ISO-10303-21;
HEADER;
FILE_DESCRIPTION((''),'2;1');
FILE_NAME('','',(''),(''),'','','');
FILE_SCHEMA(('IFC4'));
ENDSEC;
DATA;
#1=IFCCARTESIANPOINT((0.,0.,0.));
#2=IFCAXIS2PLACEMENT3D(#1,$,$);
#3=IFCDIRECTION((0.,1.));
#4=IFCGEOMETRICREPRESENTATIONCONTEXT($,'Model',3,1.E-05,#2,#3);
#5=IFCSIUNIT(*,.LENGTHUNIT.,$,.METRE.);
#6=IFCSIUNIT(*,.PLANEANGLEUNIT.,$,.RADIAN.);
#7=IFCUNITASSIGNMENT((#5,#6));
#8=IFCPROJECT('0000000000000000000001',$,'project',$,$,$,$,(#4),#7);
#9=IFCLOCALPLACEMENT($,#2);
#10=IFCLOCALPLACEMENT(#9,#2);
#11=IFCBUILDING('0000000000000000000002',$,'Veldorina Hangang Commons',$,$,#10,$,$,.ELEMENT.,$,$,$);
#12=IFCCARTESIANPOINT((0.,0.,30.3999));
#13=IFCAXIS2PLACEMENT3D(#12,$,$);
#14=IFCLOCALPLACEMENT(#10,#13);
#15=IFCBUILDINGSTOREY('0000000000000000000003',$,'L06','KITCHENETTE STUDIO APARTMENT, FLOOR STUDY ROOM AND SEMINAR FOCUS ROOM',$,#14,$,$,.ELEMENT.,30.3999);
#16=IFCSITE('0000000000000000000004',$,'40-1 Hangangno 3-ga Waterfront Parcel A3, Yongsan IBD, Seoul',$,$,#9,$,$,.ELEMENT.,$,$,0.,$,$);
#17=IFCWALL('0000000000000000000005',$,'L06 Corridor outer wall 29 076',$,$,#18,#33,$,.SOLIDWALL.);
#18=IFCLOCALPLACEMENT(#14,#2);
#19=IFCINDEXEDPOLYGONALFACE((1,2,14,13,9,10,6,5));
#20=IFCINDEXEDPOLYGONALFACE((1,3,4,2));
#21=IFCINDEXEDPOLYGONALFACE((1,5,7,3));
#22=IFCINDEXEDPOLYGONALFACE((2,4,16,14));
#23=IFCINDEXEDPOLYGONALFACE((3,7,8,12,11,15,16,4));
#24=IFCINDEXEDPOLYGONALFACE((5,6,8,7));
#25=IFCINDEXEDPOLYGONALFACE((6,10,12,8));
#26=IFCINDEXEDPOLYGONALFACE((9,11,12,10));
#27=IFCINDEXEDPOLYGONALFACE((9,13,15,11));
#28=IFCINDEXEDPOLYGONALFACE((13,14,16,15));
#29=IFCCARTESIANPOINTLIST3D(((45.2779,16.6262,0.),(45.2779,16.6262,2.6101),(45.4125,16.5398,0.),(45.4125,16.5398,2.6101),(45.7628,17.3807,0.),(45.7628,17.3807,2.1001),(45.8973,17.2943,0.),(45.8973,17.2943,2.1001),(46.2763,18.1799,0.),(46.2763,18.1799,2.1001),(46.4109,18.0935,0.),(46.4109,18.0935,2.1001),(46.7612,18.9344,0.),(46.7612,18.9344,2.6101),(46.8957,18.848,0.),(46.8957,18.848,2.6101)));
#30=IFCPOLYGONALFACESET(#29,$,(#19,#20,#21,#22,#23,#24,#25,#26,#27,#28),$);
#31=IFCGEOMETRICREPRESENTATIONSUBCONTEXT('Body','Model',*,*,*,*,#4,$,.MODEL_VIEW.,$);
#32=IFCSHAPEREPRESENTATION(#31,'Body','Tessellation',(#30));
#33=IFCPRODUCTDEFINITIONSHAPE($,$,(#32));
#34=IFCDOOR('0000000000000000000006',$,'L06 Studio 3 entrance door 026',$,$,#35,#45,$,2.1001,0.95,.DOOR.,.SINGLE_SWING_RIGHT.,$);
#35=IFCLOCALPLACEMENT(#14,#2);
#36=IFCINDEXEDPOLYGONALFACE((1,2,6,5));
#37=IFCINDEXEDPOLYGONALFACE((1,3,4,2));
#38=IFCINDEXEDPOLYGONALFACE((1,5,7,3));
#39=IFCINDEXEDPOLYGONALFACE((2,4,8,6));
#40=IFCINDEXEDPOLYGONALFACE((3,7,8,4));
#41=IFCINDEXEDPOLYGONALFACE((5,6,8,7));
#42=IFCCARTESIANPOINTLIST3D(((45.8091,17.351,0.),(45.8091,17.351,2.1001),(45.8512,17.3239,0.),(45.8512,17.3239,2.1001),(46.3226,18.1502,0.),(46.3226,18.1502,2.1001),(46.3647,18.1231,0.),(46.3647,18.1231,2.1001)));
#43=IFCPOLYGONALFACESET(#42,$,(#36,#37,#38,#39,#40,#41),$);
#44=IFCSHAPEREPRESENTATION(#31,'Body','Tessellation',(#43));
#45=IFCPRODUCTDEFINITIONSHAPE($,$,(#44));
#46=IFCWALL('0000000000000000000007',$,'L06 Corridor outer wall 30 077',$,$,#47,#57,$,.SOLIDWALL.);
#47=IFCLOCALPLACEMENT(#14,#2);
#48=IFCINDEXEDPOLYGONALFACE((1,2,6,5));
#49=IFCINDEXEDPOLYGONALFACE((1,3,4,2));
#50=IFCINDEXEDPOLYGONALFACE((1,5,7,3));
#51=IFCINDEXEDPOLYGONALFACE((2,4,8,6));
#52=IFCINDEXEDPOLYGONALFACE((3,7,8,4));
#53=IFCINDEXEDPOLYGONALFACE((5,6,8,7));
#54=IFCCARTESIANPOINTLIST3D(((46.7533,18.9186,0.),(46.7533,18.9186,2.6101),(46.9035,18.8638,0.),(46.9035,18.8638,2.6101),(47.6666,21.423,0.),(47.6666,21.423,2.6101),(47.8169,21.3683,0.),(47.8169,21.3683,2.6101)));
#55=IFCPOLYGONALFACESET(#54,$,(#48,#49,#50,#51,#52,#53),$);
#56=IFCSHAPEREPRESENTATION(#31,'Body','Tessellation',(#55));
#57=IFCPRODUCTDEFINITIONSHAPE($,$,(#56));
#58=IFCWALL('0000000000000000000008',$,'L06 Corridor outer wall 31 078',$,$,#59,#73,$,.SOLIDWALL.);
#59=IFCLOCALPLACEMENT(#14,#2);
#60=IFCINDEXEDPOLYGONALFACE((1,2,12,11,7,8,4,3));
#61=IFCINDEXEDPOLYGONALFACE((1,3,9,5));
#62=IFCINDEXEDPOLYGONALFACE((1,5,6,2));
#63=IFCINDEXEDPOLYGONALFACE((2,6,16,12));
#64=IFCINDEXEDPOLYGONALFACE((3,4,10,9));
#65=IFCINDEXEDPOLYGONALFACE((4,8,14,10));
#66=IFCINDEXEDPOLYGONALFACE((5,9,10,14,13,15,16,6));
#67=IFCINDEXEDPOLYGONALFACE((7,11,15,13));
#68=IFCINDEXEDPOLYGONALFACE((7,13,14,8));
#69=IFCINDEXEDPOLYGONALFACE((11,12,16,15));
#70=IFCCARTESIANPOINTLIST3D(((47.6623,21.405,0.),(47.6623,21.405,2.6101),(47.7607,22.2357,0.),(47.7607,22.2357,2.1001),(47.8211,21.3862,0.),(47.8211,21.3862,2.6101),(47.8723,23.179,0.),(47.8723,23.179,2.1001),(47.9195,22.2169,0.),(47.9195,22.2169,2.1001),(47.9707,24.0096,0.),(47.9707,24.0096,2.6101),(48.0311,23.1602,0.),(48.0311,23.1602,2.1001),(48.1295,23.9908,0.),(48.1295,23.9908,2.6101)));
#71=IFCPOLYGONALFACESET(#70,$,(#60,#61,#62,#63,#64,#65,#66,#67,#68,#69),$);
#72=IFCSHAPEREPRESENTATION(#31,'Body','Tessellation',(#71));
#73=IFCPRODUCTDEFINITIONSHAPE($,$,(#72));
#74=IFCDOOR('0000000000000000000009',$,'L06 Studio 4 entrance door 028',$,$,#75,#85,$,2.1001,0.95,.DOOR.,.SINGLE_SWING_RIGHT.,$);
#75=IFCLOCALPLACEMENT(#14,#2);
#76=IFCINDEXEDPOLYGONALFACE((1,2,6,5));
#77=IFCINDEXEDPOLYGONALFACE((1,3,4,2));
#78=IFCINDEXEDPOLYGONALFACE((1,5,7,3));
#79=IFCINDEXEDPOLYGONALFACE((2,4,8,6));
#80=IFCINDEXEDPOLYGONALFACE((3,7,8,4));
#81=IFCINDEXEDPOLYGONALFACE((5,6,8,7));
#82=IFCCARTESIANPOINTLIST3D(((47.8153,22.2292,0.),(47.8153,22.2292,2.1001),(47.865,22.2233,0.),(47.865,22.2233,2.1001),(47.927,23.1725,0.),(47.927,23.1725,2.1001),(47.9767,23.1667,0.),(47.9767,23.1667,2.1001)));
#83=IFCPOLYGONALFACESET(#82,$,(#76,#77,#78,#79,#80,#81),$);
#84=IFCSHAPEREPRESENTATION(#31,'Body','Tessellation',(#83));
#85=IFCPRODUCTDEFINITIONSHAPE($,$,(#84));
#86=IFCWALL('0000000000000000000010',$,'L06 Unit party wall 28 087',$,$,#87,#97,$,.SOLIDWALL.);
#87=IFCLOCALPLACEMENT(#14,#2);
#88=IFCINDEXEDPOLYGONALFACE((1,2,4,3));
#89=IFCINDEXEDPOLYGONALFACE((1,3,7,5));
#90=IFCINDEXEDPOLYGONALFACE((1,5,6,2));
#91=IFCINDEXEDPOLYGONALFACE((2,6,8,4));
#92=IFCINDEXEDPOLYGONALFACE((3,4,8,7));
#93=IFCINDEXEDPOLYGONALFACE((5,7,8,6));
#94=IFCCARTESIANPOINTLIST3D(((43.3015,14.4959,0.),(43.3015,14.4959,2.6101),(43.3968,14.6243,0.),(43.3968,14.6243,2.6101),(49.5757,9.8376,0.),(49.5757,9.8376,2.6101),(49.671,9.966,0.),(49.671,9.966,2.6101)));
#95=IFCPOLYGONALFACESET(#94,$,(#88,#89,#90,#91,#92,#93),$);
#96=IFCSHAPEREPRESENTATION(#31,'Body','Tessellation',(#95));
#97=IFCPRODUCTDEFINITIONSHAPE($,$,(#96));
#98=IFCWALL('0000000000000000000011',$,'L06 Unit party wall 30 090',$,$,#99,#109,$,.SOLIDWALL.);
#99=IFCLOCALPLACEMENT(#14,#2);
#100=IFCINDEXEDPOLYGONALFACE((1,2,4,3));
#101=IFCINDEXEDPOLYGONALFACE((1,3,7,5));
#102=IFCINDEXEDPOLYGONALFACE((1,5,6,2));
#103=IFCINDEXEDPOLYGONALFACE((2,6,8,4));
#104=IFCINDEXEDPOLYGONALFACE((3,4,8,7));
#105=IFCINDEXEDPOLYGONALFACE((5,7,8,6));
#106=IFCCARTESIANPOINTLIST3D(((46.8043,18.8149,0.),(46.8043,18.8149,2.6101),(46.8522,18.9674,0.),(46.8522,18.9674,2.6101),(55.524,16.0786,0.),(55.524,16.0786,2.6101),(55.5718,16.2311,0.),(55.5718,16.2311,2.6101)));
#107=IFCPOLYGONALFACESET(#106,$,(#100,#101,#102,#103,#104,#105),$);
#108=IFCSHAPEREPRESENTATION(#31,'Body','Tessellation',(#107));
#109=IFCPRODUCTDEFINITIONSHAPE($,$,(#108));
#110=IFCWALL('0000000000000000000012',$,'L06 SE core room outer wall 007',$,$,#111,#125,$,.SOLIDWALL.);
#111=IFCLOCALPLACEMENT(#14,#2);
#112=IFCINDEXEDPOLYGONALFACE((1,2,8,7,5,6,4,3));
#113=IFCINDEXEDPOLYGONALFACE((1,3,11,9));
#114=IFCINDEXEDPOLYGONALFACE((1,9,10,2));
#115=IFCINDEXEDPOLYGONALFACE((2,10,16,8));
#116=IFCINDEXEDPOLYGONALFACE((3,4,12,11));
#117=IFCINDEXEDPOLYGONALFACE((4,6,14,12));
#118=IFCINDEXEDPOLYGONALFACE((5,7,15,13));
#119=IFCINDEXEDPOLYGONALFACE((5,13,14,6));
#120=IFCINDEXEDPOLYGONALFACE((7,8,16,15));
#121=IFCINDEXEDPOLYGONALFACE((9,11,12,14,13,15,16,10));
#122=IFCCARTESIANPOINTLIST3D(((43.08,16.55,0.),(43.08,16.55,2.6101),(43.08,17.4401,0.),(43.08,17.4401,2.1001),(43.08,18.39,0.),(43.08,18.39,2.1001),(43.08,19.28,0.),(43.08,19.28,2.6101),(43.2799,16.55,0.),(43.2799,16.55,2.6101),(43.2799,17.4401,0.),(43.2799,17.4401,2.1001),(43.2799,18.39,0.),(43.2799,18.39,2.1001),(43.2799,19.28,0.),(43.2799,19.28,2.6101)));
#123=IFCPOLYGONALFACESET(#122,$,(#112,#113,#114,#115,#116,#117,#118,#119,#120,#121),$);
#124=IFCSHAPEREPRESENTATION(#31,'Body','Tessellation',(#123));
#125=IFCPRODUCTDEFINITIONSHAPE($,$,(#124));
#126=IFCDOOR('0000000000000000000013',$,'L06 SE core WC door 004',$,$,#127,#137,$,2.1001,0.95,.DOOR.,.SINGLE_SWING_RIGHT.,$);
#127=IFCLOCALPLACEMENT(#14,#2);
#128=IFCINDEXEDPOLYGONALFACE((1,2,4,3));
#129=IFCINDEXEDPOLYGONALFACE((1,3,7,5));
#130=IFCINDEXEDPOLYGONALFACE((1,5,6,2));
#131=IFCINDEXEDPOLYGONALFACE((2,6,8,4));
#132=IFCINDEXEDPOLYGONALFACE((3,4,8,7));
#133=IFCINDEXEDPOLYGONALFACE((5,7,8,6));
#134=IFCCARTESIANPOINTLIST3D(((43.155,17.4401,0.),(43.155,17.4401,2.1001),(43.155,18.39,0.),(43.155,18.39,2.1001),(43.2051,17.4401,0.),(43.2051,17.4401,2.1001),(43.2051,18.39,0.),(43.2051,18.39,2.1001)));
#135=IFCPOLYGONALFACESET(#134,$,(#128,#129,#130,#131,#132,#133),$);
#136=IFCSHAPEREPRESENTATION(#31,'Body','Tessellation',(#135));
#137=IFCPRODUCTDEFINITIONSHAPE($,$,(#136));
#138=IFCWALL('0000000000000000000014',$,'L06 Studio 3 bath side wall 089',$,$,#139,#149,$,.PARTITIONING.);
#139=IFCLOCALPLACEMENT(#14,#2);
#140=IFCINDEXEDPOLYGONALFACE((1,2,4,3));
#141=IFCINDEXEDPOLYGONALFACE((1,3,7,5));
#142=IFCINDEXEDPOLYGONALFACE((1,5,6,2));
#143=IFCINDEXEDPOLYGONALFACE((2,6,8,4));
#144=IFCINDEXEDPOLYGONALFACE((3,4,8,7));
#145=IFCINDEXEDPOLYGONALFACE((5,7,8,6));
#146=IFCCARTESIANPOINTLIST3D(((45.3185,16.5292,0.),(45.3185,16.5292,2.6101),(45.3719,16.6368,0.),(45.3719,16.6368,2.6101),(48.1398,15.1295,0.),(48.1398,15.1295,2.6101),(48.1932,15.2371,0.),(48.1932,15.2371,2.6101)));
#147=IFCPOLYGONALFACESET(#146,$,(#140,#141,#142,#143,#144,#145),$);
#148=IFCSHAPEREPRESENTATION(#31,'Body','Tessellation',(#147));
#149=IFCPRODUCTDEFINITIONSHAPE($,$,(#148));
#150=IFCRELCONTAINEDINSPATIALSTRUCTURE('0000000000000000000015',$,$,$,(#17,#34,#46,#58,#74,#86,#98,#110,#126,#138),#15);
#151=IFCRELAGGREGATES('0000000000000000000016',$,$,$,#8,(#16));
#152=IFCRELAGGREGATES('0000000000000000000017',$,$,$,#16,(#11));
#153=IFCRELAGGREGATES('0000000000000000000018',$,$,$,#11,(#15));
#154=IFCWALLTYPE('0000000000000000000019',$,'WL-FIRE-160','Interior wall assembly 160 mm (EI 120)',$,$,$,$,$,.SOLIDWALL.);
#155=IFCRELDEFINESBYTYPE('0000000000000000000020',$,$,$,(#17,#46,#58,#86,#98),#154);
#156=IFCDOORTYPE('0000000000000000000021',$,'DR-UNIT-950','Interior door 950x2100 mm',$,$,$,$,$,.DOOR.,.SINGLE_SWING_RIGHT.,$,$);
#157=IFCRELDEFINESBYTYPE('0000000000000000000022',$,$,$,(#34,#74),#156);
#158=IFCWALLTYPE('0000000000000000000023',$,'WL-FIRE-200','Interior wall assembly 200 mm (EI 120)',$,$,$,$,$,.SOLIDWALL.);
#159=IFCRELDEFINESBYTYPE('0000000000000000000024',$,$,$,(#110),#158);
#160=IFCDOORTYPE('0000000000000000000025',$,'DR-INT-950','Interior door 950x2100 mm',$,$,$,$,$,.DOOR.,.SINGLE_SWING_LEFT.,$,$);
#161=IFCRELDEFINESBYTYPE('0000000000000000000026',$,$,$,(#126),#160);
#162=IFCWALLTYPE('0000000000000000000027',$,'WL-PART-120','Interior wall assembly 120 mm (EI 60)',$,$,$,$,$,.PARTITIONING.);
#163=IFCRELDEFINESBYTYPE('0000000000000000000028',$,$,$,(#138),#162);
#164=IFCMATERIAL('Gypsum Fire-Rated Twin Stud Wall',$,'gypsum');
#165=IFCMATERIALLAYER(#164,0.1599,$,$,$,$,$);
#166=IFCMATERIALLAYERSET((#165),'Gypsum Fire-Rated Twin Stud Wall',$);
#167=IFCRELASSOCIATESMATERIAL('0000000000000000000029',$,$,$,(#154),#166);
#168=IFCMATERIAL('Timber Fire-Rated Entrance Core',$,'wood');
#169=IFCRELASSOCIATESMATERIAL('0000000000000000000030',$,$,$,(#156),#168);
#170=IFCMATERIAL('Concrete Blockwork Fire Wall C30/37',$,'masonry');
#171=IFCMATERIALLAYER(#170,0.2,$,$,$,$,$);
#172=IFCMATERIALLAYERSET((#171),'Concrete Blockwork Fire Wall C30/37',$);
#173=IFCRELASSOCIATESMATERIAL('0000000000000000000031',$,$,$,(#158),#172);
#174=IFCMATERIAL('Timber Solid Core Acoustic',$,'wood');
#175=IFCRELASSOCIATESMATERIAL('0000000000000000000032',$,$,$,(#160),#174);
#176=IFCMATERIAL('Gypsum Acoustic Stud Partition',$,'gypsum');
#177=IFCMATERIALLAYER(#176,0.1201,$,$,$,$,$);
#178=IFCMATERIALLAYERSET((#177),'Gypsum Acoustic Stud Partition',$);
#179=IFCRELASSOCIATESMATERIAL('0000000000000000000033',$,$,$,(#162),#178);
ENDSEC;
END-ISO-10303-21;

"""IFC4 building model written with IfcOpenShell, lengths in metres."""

from ifc_helpers import new_model, si_unit, direction, frame, frame_2d, origin, place, context, subcontext, project, spatial, rectangle, extrude, material, layer, layer_set, type_object, element, fill, save


model = new_model("IFC4")

# Units and contexts
model_context = context("Model", 3, precision=1e-05, world=origin(), true_north=direction((0.0, 1.0)))
body_context = subcontext(model_context, "Body", "Model", "MODEL_VIEW")
ifc_project = project(units=[si_unit("LENGTHUNIT", "METRE"), si_unit("PLANEANGLEUNIT", "RADIAN")], contexts=[model_context])

# Site, building, storey
site_placement = place(None, origin())
site = spatial("IfcSite", under=ifc_project, at=site_placement, Name="40-1 Hangangno 3-ga Waterfront Parcel A3, Yongsan IBD, Seoul", CompositionType="ELEMENT", RefElevation=0.0)
building_placement = place(site_placement, origin())
building = spatial("IfcBuilding", under=site, at=building_placement, Name="Veldorina Hangang Commons", CompositionType="ELEMENT")
storey_placement = place(building_placement, frame((0.0, 0.0, 30.3999)))
storey = spatial("IfcBuildingStorey", under=building, at=storey_placement, Name="L06", Description="KITCHENETTE STUDIO APARTMENT, FLOOR STUDY ROOM AND SEMINAR FOCUS ROOM", CompositionType="ELEMENT", Elevation=30.3999)

# Shared definitions
ifc_material_1 = material(Name="Gypsum Fire-Rated Twin Stud Wall", Category="gypsum")
ifc_layer_1 = layer(ifc_material_1, 0.1599)
ifc_layer_set_1 = layer_set([ifc_layer_1], Name="Gypsum Fire-Rated Twin Stud Wall")
wall_type_1 = type_object("IfcWallType", Name="WL-FIRE-160", Description="Interior wall assembly 160 mm (EI 120)", PredefinedType="SOLIDWALL", material=ifc_layer_set_1)

# Wall, opening, door
wall_1_placement = place(storey_placement, frame((45.3452, 16.583, 0.0), z_axis=(0.0, 0.0, 1.0), x_axis=(0.540596, 0.841283, 0.0)))
wall_1 = element("IfcWall", 1, at=wall_1_placement, inside=storey, type_object=wall_type_1, Name="L06 Corridor outer wall 29 076", PredefinedType="SOLIDWALL", context=body_context, shape_type="SweptSolid", body=[
    extrude(rectangle(XDim=2.7437, YDim=0.1599, at=frame_2d((1.3718, 0.0))), origin(), (0.0, 0.0, 1.0), 2.6101),
])
opening_1_placement = place(wall_1_placement, frame((0.8967, 0.0, 0.0)))
opening_1 = element("IfcOpeningElement", 2, at=opening_1_placement, cuts=wall_1, PredefinedType="OPENING", context=body_context, shape_type="SweptSolid", body=[
    extrude(rectangle(XDim=0.95, YDim=2.1001, at=frame_2d((0.4751, 1.05))), frame((0.0, 0.0898, 0.0), z_axis=(0.0, -1.0, 0.0), x_axis=(1.0, 0.0, 0.0)), (0.0, 0.0, 1.0), 0.1799),
])
ifc_material_2 = material(Name="Timber Fire-Rated Entrance Core", Category="wood")
door_type_1 = type_object("IfcDoorType", Name="DR-UNIT-950", Description="Interior door 950x2100 mm", OperationType="SINGLE_SWING_RIGHT", PredefinedType="DOOR", material=ifc_material_2)
door_1_placement = place(opening_1_placement, origin())
door_1 = element("IfcDoor", 3, at=door_1_placement, inside=storey, type_object=door_type_1, Name="L06 Studio 3 entrance door 026", OperationType="SINGLE_SWING_RIGHT", OverallHeight=2.1001, OverallWidth=0.95, PredefinedType="DOOR", context=body_context, shape_type="SweptSolid", body=[
    extrude(rectangle(XDim=0.95, YDim=2.1001, at=frame_2d((0.4751, 1.05))), frame((0.0, 0.0249, 0.0), z_axis=(0.0, -1.0, 0.0), x_axis=(1.0, 0.0, 0.0)), (0.0, 0.0, 1.0), 0.05),
])
fill(opening_1, door_1)

# Wall
wall_2_placement = place(storey_placement, frame((46.8284, 18.8911, 0.0), z_axis=(0.0, 0.0, 1.0), x_axis=(0.342618, 0.939475, 0.0)))
element("IfcWall", 4, at=wall_2_placement, inside=storey, type_object=wall_type_1, Name="L06 Corridor outer wall 30 077", PredefinedType="SOLIDWALL", context=body_context, shape_type="SweptSolid", body=[
    extrude(rectangle(XDim=2.6658, YDim=0.1599, at=frame_2d((1.333, 0.0))), origin(), (0.0, 0.0, 1.0), 2.6101),
])

# Wall, opening, door
wall_3_placement = place(storey_placement, frame((47.7417, 21.3955, 0.0), z_axis=(0.0, 0.0, 1.0), x_axis=(0.11757, 0.993065, 0.0)))
wall_3 = element("IfcWall", 5, at=wall_3_placement, inside=storey, type_object=wall_type_1, Name="L06 Corridor outer wall 31 078", PredefinedType="SOLIDWALL", context=body_context, shape_type="SweptSolid", body=[
    extrude(rectangle(XDim=2.6228, YDim=0.1599, at=frame_2d((1.3115, 0.0))), origin(), (0.0, 0.0, 1.0), 2.6101),
])
opening_2_placement = place(wall_3_placement, frame((0.8364, 0.0, 0.0)))
opening_2 = element("IfcOpeningElement", 6, at=opening_2_placement, cuts=wall_3, PredefinedType="OPENING", context=body_context, shape_type="SweptSolid", body=[
    extrude(rectangle(XDim=0.95, YDim=2.1001, at=frame_2d((0.4751, 1.05))), frame((0.0, 0.0898, 0.0), z_axis=(0.0, -1.0, 0.0), x_axis=(1.0, 0.0, 0.0)), (0.0, 0.0, 1.0), 0.1799),
])
door_2_placement = place(opening_2_placement, origin())
door_2 = element("IfcDoor", 7, at=door_2_placement, inside=storey, type_object=door_type_1, Name="L06 Studio 4 entrance door 028", OperationType="SINGLE_SWING_RIGHT", OverallHeight=2.1001, OverallWidth=0.95, PredefinedType="DOOR", context=body_context, shape_type="SweptSolid", body=[
    extrude(rectangle(XDim=0.95, YDim=2.1001, at=frame_2d((0.4751, 1.05))), frame((0.0, 0.0249, 0.0), z_axis=(0.0, -1.0, 0.0), x_axis=(1.0, 0.0, 0.0)), (0.0, 0.0, 1.0), 0.05),
])
fill(opening_2, door_2)

# Walls
wall_4_placement = place(storey_placement, frame((43.3491, 14.5601, 0.0), z_axis=(0.0, 0.0, 1.0), x_axis=(0.802904, -0.596109, 0.0)))
element("IfcWall", 8, at=wall_4_placement, inside=storey, type_object=wall_type_1, Name="L06 Unit party wall 28 087", PredefinedType="SOLIDWALL", context=body_context, shape_type="SweptSolid", body=[
    extrude(rectangle(XDim=7.8145, YDim=0.1599, at=frame_2d((3.9072, 0.0))), origin(), (0.0, 0.0, 1.0), 2.6101),
])
wall_5_placement = place(storey_placement, frame((46.8284, 18.8911, 0.0), z_axis=(0.0, 0.0, 1.0), x_axis=(0.954124, -0.299413, 0.0)))
element("IfcWall", 9, at=wall_5_placement, inside=storey, type_object=wall_type_1, Name="L06 Unit party wall 30 090", PredefinedType="SOLIDWALL", context=body_context, shape_type="SweptSolid", body=[
    extrude(rectangle(XDim=9.1389, YDim=0.1599, at=frame_2d((4.5693, 0.0))), origin(), (0.0, 0.0, 1.0), 2.6101),
])

# Wall, opening, door
ifc_material_3 = material(Name="Concrete Blockwork Fire Wall C30/37", Category="masonry")
ifc_layer_2 = layer(ifc_material_3, 0.2)
ifc_layer_set_2 = layer_set([ifc_layer_2], Name="Concrete Blockwork Fire Wall C30/37")
wall_type_2 = type_object("IfcWallType", Name="WL-FIRE-200", Description="Interior wall assembly 200 mm (EI 120)", PredefinedType="SOLIDWALL", material=ifc_layer_set_2)
wall_6_placement = place(storey_placement, frame((43.1799, 16.55, 0.0), z_axis=(0.0, 0.0, 1.0), x_axis=(0.0, 1.0, 0.0)))
wall_6 = element("IfcWall", 10, at=wall_6_placement, inside=storey, type_object=wall_type_2, Name="L06 SE core room outer wall 007", PredefinedType="SOLIDWALL", context=body_context, shape_type="SweptSolid", body=[
    extrude(rectangle(XDim=2.73, YDim=0.2, at=frame_2d((1.365, 0.0))), origin(), (0.0, 0.0, 1.0), 2.6101),
])
opening_3_placement = place(wall_6_placement, frame((0.8899, 0.0, 0.0)))
opening_3 = element("IfcOpeningElement", 11, at=opening_3_placement, cuts=wall_6, PredefinedType="OPENING", context=body_context, shape_type="SweptSolid", body=[
    extrude(rectangle(XDim=0.95, YDim=2.1001, at=frame_2d((0.4751, 1.05))), frame((0.0, 0.1099, 0.0), z_axis=(0.0, -1.0, 0.0), x_axis=(1.0, 0.0, 0.0)), (0.0, 0.0, 1.0), 0.22),
])
ifc_material_4 = material(Name="Timber Solid Core Acoustic", Category="wood")
door_type_2 = type_object("IfcDoorType", Name="DR-INT-950", Description="Interior door 950x2100 mm", OperationType="SINGLE_SWING_LEFT", PredefinedType="DOOR", material=ifc_material_4)
door_3_placement = place(opening_3_placement, origin())
door_3 = element("IfcDoor", 12, at=door_3_placement, inside=storey, type_object=door_type_2, Name="L06 SE core WC door 004", OperationType="SINGLE_SWING_RIGHT", OverallHeight=2.1001, OverallWidth=0.95, PredefinedType="DOOR", context=body_context, shape_type="SweptSolid", body=[
    extrude(rectangle(XDim=0.95, YDim=2.1001, at=frame_2d((0.4751, 1.05))), frame((0.0, 0.0249, 0.0), z_axis=(0.0, -1.0, 0.0), x_axis=(1.0, 0.0, 0.0)), (0.0, 0.0, 1.0), 0.05),
])
fill(opening_3, door_3)

# Wall
ifc_material_5 = material(Name="Gypsum Acoustic Stud Partition", Category="gypsum")
ifc_layer_3 = layer(ifc_material_5, 0.1201)
ifc_layer_set_3 = layer_set([ifc_layer_3], Name="Gypsum Acoustic Stud Partition")
wall_type_3 = type_object("IfcWallType", Name="WL-PART-120", Description="Interior wall assembly 120 mm (EI 60)", PredefinedType="PARTITIONING", material=ifc_layer_set_3)
wall_7_placement = place(storey_placement, frame((45.3452, 16.583, 0.0), z_axis=(0.0, 0.0, 1.0), x_axis=(0.895818, -0.444421, 0.0)))
element("IfcWall", 13, at=wall_7_placement, inside=storey, type_object=wall_type_3, Name="L06 Studio 3 bath side wall 089", PredefinedType="PARTITIONING", context=body_context, shape_type="SweptSolid", body=[
    extrude(rectangle(XDim=3.1494, YDim=0.1201, at=frame_2d((1.5747, 0.0))), origin(), (0.0, 0.0, 1.0), 2.6101),
])

save(model, "model.ifc")
